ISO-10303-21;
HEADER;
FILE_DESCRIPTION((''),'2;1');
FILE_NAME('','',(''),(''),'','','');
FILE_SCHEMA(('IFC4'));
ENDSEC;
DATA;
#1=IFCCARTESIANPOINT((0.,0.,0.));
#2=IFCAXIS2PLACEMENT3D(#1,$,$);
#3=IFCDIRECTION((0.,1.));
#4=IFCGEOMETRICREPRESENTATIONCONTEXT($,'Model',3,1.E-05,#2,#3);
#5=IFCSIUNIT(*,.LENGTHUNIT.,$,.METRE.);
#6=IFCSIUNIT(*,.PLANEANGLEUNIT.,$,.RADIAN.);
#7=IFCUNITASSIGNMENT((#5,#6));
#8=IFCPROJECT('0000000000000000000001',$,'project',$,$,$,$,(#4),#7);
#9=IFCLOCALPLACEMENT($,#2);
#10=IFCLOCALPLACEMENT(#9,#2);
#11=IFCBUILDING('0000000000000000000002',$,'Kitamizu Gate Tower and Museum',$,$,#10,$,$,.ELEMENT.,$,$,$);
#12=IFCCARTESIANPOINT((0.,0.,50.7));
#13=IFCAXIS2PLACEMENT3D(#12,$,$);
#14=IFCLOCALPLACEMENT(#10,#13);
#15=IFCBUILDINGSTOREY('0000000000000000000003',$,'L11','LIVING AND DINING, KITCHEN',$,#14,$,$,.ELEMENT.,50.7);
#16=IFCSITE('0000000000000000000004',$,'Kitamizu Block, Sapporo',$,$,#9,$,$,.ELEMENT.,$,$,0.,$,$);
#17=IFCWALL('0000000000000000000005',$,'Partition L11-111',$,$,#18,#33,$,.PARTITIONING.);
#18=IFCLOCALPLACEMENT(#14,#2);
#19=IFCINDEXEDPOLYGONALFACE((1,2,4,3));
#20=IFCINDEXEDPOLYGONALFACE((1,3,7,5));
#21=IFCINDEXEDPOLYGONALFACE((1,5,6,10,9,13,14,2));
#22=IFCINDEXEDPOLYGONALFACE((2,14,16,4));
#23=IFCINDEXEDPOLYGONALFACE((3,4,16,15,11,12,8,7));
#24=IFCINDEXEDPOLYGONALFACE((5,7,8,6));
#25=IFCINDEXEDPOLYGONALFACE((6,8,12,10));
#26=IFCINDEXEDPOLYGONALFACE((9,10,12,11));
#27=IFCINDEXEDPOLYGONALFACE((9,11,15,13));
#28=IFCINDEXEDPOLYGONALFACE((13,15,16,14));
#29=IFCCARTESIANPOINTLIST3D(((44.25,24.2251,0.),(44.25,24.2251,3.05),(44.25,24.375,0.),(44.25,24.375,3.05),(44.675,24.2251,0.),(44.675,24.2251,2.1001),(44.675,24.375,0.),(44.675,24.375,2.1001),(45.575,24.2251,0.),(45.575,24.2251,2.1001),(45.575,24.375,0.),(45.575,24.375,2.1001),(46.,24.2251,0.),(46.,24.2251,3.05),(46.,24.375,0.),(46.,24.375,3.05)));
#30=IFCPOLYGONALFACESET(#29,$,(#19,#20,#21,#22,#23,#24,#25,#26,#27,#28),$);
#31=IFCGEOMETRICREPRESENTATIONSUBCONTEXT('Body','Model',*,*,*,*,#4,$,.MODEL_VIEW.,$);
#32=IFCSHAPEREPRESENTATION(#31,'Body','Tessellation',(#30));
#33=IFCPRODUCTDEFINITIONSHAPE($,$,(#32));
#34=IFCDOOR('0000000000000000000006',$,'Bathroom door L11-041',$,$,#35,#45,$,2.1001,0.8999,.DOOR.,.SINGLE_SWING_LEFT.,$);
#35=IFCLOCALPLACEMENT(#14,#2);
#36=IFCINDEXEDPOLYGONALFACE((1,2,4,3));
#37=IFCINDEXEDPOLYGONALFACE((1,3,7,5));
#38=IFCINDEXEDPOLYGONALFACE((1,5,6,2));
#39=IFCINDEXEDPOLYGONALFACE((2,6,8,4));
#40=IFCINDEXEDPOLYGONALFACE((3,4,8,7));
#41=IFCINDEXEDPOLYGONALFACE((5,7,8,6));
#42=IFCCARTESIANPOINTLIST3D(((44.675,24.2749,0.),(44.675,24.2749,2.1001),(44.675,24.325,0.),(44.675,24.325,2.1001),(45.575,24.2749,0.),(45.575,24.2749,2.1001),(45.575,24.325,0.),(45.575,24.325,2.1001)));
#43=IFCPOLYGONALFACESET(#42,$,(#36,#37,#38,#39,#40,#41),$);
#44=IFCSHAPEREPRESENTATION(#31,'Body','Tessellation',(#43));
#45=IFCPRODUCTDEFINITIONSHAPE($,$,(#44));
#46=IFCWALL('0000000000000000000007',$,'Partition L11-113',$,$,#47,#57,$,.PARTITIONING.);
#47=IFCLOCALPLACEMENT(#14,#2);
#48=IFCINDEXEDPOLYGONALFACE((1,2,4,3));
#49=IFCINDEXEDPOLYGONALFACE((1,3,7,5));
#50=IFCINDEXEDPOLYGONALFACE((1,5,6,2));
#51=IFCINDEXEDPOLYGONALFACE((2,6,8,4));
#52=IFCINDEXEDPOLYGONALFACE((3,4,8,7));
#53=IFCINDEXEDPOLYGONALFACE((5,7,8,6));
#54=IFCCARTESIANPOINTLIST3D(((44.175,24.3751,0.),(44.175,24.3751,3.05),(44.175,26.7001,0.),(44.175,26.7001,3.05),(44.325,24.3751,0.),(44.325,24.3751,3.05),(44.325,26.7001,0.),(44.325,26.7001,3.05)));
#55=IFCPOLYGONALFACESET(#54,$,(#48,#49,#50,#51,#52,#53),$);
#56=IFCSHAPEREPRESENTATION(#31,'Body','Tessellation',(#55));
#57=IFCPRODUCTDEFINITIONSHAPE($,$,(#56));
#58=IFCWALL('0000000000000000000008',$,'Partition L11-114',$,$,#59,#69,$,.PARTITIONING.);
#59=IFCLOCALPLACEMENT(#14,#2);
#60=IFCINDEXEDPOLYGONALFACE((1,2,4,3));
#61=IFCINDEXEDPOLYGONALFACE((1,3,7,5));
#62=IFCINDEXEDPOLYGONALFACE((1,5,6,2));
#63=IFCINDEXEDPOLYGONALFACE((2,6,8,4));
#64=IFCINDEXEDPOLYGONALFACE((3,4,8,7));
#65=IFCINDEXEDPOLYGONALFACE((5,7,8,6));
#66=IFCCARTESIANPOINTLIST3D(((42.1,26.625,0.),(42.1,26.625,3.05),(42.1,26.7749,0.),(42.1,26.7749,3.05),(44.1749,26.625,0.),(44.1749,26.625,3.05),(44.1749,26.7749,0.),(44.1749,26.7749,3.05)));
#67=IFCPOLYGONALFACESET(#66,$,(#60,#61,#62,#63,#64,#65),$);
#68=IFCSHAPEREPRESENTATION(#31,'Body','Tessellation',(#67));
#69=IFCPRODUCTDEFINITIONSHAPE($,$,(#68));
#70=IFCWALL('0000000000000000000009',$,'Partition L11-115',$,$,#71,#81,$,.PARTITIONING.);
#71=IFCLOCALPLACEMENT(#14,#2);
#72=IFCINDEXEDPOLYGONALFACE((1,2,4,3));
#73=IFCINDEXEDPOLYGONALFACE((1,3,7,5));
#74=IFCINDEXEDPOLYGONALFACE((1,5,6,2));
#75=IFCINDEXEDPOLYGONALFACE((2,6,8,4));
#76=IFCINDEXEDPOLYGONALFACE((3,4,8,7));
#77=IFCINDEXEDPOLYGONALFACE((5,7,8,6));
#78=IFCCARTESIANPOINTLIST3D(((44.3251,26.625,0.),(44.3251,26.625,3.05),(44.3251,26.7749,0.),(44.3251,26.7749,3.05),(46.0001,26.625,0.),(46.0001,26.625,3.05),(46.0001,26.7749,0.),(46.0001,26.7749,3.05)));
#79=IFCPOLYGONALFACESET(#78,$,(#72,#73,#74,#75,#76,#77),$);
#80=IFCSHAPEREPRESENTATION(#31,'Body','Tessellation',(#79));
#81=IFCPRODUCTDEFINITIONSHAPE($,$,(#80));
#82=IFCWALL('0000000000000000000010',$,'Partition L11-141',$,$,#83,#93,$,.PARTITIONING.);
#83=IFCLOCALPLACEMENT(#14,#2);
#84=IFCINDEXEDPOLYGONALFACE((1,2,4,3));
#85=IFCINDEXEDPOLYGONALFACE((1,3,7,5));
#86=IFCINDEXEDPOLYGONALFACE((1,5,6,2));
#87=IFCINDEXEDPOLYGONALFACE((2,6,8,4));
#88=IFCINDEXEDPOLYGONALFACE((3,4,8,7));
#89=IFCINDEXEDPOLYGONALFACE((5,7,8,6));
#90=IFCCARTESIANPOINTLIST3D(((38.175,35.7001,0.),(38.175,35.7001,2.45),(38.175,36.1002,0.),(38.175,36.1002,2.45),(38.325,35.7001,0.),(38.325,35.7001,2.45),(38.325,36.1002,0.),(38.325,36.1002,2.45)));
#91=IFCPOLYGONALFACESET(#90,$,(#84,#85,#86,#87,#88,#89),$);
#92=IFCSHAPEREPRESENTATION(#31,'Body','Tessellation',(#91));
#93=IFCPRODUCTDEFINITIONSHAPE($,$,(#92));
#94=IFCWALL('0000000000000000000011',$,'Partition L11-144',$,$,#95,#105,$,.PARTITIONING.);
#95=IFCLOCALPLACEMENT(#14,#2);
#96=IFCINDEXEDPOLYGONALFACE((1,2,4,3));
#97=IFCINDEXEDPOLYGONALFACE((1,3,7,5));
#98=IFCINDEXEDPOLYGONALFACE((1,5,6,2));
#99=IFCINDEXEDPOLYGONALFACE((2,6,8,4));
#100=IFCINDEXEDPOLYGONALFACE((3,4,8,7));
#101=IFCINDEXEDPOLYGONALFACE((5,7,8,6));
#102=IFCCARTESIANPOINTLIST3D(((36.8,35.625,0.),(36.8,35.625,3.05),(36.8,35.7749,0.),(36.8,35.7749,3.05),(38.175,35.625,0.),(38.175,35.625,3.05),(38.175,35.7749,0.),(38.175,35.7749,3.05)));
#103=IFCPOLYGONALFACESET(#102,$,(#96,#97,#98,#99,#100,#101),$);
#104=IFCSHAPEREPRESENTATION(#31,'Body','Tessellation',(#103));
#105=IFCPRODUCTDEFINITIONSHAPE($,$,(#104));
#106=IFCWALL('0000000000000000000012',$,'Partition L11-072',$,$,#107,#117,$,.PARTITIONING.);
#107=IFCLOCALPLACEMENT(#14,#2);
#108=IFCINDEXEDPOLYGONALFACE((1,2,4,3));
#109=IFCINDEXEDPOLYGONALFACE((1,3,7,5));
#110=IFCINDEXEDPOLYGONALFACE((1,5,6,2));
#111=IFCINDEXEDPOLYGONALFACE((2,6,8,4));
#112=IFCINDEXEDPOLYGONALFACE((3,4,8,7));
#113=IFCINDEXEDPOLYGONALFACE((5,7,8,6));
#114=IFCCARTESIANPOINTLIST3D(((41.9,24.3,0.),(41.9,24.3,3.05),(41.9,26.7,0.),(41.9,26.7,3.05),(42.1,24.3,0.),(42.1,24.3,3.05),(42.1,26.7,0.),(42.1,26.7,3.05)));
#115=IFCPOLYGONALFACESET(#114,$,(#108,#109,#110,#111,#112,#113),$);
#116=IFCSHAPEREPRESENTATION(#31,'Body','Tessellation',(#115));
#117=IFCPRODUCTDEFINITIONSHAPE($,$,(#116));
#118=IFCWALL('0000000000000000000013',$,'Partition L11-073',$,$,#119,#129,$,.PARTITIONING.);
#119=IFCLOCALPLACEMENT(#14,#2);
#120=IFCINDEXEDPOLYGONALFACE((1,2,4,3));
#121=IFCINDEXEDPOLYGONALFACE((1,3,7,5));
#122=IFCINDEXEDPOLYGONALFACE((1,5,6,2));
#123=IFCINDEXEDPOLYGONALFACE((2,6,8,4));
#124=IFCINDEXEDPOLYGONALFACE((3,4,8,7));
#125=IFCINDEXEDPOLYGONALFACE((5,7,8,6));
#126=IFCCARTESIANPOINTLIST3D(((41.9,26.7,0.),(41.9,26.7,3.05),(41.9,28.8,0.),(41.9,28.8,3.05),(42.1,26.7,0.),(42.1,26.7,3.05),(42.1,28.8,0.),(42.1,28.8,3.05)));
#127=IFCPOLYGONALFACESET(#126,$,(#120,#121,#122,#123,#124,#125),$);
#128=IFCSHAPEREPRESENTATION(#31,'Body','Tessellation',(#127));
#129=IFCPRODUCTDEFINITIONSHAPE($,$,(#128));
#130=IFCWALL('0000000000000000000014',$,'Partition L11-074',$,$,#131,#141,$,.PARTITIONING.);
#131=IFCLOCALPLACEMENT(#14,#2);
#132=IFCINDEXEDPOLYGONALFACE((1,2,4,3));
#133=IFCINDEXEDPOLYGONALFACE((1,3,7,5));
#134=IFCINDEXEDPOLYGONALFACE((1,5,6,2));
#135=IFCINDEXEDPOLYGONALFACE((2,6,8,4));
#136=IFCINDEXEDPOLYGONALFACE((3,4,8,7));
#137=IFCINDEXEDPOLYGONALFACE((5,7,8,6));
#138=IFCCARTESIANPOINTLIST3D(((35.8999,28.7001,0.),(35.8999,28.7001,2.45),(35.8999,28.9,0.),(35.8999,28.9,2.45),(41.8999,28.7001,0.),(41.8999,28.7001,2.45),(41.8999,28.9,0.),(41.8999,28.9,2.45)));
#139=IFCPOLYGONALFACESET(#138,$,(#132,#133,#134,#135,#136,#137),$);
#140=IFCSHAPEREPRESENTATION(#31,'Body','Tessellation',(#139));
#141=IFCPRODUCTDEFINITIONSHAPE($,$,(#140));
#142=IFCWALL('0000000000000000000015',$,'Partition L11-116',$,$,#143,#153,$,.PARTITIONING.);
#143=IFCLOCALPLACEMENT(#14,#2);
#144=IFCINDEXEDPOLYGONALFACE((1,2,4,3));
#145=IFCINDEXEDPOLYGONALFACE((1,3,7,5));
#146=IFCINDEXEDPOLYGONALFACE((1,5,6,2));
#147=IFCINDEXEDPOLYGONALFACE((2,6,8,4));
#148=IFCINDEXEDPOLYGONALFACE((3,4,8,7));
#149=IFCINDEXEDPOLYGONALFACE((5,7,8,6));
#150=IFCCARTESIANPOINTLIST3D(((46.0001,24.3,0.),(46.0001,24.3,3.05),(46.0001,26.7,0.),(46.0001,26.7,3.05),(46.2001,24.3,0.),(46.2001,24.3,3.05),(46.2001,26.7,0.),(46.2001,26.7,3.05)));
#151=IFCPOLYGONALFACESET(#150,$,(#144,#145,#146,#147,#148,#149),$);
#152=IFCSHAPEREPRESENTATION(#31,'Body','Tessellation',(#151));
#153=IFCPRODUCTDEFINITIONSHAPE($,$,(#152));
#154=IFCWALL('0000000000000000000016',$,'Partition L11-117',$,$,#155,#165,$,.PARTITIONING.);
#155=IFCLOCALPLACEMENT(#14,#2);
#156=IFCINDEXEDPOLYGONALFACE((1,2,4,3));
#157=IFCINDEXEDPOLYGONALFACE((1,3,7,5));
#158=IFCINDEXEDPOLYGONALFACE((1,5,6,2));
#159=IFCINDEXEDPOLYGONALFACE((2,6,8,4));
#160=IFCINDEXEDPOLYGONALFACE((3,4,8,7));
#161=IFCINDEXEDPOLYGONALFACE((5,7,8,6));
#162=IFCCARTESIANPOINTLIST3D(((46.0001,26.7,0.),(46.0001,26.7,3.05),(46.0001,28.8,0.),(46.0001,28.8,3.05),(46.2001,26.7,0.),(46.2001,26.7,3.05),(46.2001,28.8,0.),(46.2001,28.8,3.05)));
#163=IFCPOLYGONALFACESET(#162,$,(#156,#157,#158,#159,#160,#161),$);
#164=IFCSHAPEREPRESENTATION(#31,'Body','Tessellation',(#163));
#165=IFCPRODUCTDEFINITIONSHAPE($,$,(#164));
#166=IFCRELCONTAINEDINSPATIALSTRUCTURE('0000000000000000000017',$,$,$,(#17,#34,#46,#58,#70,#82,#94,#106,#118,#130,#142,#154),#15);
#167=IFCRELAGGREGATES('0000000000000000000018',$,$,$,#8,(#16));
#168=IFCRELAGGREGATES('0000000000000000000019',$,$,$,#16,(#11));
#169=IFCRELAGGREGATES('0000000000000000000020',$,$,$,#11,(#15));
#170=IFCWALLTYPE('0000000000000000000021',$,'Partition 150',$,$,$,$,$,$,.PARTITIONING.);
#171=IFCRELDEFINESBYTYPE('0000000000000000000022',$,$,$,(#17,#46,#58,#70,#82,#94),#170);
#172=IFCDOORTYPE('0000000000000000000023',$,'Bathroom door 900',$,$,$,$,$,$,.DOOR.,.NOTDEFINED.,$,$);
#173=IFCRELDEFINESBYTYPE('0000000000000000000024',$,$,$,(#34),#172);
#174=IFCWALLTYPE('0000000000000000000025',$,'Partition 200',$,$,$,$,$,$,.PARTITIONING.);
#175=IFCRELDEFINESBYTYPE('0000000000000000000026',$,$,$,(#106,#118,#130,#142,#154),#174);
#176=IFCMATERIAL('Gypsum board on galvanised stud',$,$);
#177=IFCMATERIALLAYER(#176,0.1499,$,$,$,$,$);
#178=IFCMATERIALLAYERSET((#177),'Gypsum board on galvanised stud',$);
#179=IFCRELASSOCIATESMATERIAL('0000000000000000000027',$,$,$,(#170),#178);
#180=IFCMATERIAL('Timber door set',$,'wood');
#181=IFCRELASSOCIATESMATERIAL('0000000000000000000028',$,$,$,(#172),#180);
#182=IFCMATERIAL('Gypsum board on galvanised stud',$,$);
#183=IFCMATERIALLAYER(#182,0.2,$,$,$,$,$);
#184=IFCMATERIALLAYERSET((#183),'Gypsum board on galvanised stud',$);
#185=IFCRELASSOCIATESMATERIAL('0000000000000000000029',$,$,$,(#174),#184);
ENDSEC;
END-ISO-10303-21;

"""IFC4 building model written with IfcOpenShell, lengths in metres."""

from ifc_helpers import new_model, si_unit, direction, frame, frame_2d, origin, place, context, subcontext, project, spatial, rectangle, extrude, material, layer, layer_set, type_object, element, fill, save


model = new_model("IFC4")

# Units and contexts
model_context = context("Model", 3, precision=1e-05, world=origin(), true_north=direction((0.0, 1.0)))
body_context = subcontext(model_context, "Body", "Model", "MODEL_VIEW")
ifc_project = project(units=[si_unit("LENGTHUNIT", "METRE"), si_unit("PLANEANGLEUNIT", "RADIAN")], contexts=[model_context])

# Site, building, storey
site_placement = place(None, origin())
site = spatial("IfcSite", under=ifc_project, at=site_placement, Name="Kitamizu Block, Sapporo", CompositionType="ELEMENT", RefElevation=0.0)
building_placement = place(site_placement, origin())
building = spatial("IfcBuilding", under=site, at=building_placement, Name="Kitamizu Gate Tower and Museum", CompositionType="ELEMENT")
storey_placement = place(building_placement, frame((0.0, 0.0, 50.7)))
storey = spatial("IfcBuildingStorey", under=building, at=storey_placement, Name="L11", Description="LIVING AND DINING, KITCHEN", CompositionType="ELEMENT", Elevation=50.7)

# Wall, opening, door
ifc_material_1 = material(Name="Gypsum board on galvanised stud")
ifc_layer_1 = layer(ifc_material_1, 0.1499)
ifc_layer_set_1 = layer_set([ifc_layer_1], Name="Gypsum board on galvanised stud")
wall_type_1 = type_object("IfcWallType", Name="Partition 150", PredefinedType="PARTITIONING", material=ifc_layer_set_1)
ifc_material_2 = material(Name="Timber door set", Category="wood")
door_type_1 = type_object("IfcDoorType", Name="Bathroom door 900", OperationType="NOTDEFINED", PredefinedType="DOOR", material=ifc_material_2)
wall_1_placement = place(storey_placement, frame((46.0, 24.3, 0.0), z_axis=(0.0, 0.0, 1.0), x_axis=(-1.0, 0.0, 0.0)))
wall_1 = element("IfcWall", 1, at=wall_1_placement, inside=storey, type_object=wall_type_1, Name="Partition L11-111", PredefinedType="PARTITIONING", context=body_context, shape_type="SweptSolid", body=[
    extrude(rectangle(XDim=1.75, YDim=0.1499, at=frame_2d((0.875, 0.0))), origin(), (0.0, 0.0, 1.0), 3.05),
])
opening_1_placement = place(wall_1_placement, frame((0.425, 0.0, 0.0)))
opening_1 = element("IfcOpeningElement", 2, at=opening_1_placement, cuts=wall_1, PredefinedType="OPENING", context=body_context, shape_type="SweptSolid", body=[
    extrude(rectangle(XDim=0.8999, YDim=2.1001, at=frame_2d((0.45, 1.05))), frame((0.0, 0.085, 0.0), z_axis=(0.0, -1.0, 0.0), x_axis=(1.0, 0.0, 0.0)), (0.0, 0.0, 1.0), 0.1699),
])
door_1_placement = place(opening_1_placement, frame((0.8999, 0.0, 0.0), x_axis=(-1.0, 0.0, 0.0)))
door_1 = element("IfcDoor", 3, at=door_1_placement, inside=storey, type_object=door_type_1, Name="Bathroom door L11-041", OperationType="SINGLE_SWING_LEFT", OverallHeight=2.1001, OverallWidth=0.8999, PredefinedType="DOOR", context=body_context, shape_type="SweptSolid", body=[
    extrude(rectangle(XDim=0.8999, YDim=2.1001, at=frame_2d((0.45, 1.05))), frame((0.0, 0.0249, 0.0), z_axis=(0.0, -1.0, 0.0), x_axis=(1.0, 0.0, 0.0)), (0.0, 0.0, 1.0), 0.05),
])
fill(opening_1, door_1)

# Walls
wall_2_placement = place(storey_placement, frame((44.25, 24.375, 0.0), z_axis=(0.0, 0.0, 1.0), x_axis=(0.0, 1.0, 0.0)))
element("IfcWall", 4, at=wall_2_placement, inside=storey, type_object=wall_type_1, Name="Partition L11-113", PredefinedType="PARTITIONING", context=body_context, shape_type="SweptSolid", body=[
    extrude(rectangle(XDim=2.325, YDim=0.1499, at=frame_2d((1.1626, 0.0))), origin(), (0.0, 0.0, 1.0), 3.05),
])
wall_3_placement = place(storey_placement, frame((44.175, 26.7, 0.0), z_axis=(0.0, 0.0, 1.0), x_axis=(-1.0, 0.0, 0.0)))
element("IfcWall", 5, at=wall_3_placement, inside=storey, type_object=wall_type_1, Name="Partition L11-114", PredefinedType="PARTITIONING", context=body_context, shape_type="SweptSolid", body=[
    extrude(rectangle(XDim=2.075, YDim=0.1499, at=frame_2d((1.0376, 0.0))), origin(), (0.0, 0.0, 1.0), 3.05),
])
wall_4_placement = place(storey_placement, frame((46.0, 26.7, 0.0), z_axis=(0.0, 0.0, 1.0), x_axis=(-1.0, 0.0, 0.0)))
element("IfcWall", 6, at=wall_4_placement, inside=storey, type_object=wall_type_1, Name="Partition L11-115", PredefinedType="PARTITIONING", context=body_context, shape_type="SweptSolid", body=[
    extrude(rectangle(XDim=1.675, YDim=0.1499, at=frame_2d((0.8374, 0.0))), origin(), (0.0, 0.0, 1.0), 3.05),
])
wall_5_placement = place(storey_placement, frame((38.25, 35.7, 0.0), z_axis=(0.0, 0.0, 1.0), x_axis=(0.0, 1.0, 0.0)))
element("IfcWall", 7, at=wall_5_placement, inside=storey, type_object=wall_type_1, Name="Partition L11-141", PredefinedType="PARTITIONING", context=body_context, shape_type="SweptSolid", body=[
    extrude(rectangle(XDim=0.4001, YDim=0.1499, at=frame_2d((0.2002, 0.0))), origin(), (0.0, 0.0, 1.0), 2.45),
])
wall_6_placement = place(storey_placement, frame((36.8, 35.7, 0.0), z_axis=(0.0, 0.0, 1.0), x_axis=(1.0, 0.0, 0.0)))
element("IfcWall", 8, at=wall_6_placement, inside=storey, type_object=wall_type_1, Name="Partition L11-144", PredefinedType="PARTITIONING", context=body_context, shape_type="SweptSolid", body=[
    extrude(rectangle(XDim=1.375, YDim=0.1499, at=frame_2d((0.6875, 0.0))), origin(), (0.0, 0.0, 1.0), 3.05),
])
ifc_material_3 = material(Name="Gypsum board on galvanised stud")
ifc_layer_2 = layer(ifc_material_3, 0.2)
ifc_layer_set_2 = layer_set([ifc_layer_2], Name="Gypsum board on galvanised stud")
wall_type_2 = type_object("IfcWallType", Name="Partition 200", PredefinedType="PARTITIONING", material=ifc_layer_set_2)
wall_7_placement = place(storey_placement, frame((42.0, 24.3, 0.0), z_axis=(0.0, 0.0, 1.0), x_axis=(0.0, 1.0, 0.0)))
element("IfcWall", 9, at=wall_7_placement, inside=storey, type_object=wall_type_2, Name="Partition L11-072", PredefinedType="PARTITIONING", context=body_context, shape_type="SweptSolid", body=[
    extrude(rectangle(XDim=2.3999, YDim=0.2, at=frame_2d((1.2, 0.0))), origin(), (0.0, 0.0, 1.0), 3.05),
])
wall_8_placement = place(storey_placement, frame((42.0, 26.7, 0.0), z_axis=(0.0, 0.0, 1.0), x_axis=(0.0, 1.0, 0.0)))
element("IfcWall", 10, at=wall_8_placement, inside=storey, type_object=wall_type_2, Name="Partition L11-073", PredefinedType="PARTITIONING", context=body_context, shape_type="SweptSolid", body=[
    extrude(rectangle(XDim=2.1001, YDim=0.2, at=frame_2d((1.05, 0.0))), origin(), (0.0, 0.0, 1.0), 3.05),
])
wall_9_placement = place(storey_placement, frame((41.8999, 28.8, 0.0), z_axis=(0.0, 0.0, 1.0), x_axis=(-1.0, 0.0, 0.0)))
element("IfcWall", 11, at=wall_9_placement, inside=storey, type_object=wall_type_2, Name="Partition L11-074", PredefinedType="PARTITIONING", context=body_context, shape_type="SweptSolid", body=[
    extrude(rectangle(XDim=6.0, YDim=0.2, at=frame_2d((3.0, 0.0))), origin(), (0.0, 0.0, 1.0), 2.45),
])
wall_10_placement = place(storey_placement, frame((46.1001, 24.3, 0.0), z_axis=(0.0, 0.0, 1.0), x_axis=(0.0, 1.0, 0.0)))
element("IfcWall", 12, at=wall_10_placement, inside=storey, type_object=wall_type_2, Name="Partition L11-116", PredefinedType="PARTITIONING", context=body_context, shape_type="SweptSolid", body=[
    extrude(rectangle(XDim=2.3999, YDim=0.2, at=frame_2d((1.2, 0.0))), origin(), (0.0, 0.0, 1.0), 3.05),
])
wall_11_placement = place(storey_placement, frame((46.1001, 26.7, 0.0), z_axis=(0.0, 0.0, 1.0), x_axis=(0.0, 1.0, 0.0)))
element("IfcWall", 13, at=wall_11_placement, inside=storey, type_object=wall_type_2, Name="Partition L11-117", PredefinedType="PARTITIONING", context=body_context, shape_type="SweptSolid", body=[
    extrude(rectangle(XDim=2.1001, YDim=0.2, at=frame_2d((1.05, 0.0))), origin(), (0.0, 0.0, 1.0), 3.05),
])

save(model, "model.ifc")
